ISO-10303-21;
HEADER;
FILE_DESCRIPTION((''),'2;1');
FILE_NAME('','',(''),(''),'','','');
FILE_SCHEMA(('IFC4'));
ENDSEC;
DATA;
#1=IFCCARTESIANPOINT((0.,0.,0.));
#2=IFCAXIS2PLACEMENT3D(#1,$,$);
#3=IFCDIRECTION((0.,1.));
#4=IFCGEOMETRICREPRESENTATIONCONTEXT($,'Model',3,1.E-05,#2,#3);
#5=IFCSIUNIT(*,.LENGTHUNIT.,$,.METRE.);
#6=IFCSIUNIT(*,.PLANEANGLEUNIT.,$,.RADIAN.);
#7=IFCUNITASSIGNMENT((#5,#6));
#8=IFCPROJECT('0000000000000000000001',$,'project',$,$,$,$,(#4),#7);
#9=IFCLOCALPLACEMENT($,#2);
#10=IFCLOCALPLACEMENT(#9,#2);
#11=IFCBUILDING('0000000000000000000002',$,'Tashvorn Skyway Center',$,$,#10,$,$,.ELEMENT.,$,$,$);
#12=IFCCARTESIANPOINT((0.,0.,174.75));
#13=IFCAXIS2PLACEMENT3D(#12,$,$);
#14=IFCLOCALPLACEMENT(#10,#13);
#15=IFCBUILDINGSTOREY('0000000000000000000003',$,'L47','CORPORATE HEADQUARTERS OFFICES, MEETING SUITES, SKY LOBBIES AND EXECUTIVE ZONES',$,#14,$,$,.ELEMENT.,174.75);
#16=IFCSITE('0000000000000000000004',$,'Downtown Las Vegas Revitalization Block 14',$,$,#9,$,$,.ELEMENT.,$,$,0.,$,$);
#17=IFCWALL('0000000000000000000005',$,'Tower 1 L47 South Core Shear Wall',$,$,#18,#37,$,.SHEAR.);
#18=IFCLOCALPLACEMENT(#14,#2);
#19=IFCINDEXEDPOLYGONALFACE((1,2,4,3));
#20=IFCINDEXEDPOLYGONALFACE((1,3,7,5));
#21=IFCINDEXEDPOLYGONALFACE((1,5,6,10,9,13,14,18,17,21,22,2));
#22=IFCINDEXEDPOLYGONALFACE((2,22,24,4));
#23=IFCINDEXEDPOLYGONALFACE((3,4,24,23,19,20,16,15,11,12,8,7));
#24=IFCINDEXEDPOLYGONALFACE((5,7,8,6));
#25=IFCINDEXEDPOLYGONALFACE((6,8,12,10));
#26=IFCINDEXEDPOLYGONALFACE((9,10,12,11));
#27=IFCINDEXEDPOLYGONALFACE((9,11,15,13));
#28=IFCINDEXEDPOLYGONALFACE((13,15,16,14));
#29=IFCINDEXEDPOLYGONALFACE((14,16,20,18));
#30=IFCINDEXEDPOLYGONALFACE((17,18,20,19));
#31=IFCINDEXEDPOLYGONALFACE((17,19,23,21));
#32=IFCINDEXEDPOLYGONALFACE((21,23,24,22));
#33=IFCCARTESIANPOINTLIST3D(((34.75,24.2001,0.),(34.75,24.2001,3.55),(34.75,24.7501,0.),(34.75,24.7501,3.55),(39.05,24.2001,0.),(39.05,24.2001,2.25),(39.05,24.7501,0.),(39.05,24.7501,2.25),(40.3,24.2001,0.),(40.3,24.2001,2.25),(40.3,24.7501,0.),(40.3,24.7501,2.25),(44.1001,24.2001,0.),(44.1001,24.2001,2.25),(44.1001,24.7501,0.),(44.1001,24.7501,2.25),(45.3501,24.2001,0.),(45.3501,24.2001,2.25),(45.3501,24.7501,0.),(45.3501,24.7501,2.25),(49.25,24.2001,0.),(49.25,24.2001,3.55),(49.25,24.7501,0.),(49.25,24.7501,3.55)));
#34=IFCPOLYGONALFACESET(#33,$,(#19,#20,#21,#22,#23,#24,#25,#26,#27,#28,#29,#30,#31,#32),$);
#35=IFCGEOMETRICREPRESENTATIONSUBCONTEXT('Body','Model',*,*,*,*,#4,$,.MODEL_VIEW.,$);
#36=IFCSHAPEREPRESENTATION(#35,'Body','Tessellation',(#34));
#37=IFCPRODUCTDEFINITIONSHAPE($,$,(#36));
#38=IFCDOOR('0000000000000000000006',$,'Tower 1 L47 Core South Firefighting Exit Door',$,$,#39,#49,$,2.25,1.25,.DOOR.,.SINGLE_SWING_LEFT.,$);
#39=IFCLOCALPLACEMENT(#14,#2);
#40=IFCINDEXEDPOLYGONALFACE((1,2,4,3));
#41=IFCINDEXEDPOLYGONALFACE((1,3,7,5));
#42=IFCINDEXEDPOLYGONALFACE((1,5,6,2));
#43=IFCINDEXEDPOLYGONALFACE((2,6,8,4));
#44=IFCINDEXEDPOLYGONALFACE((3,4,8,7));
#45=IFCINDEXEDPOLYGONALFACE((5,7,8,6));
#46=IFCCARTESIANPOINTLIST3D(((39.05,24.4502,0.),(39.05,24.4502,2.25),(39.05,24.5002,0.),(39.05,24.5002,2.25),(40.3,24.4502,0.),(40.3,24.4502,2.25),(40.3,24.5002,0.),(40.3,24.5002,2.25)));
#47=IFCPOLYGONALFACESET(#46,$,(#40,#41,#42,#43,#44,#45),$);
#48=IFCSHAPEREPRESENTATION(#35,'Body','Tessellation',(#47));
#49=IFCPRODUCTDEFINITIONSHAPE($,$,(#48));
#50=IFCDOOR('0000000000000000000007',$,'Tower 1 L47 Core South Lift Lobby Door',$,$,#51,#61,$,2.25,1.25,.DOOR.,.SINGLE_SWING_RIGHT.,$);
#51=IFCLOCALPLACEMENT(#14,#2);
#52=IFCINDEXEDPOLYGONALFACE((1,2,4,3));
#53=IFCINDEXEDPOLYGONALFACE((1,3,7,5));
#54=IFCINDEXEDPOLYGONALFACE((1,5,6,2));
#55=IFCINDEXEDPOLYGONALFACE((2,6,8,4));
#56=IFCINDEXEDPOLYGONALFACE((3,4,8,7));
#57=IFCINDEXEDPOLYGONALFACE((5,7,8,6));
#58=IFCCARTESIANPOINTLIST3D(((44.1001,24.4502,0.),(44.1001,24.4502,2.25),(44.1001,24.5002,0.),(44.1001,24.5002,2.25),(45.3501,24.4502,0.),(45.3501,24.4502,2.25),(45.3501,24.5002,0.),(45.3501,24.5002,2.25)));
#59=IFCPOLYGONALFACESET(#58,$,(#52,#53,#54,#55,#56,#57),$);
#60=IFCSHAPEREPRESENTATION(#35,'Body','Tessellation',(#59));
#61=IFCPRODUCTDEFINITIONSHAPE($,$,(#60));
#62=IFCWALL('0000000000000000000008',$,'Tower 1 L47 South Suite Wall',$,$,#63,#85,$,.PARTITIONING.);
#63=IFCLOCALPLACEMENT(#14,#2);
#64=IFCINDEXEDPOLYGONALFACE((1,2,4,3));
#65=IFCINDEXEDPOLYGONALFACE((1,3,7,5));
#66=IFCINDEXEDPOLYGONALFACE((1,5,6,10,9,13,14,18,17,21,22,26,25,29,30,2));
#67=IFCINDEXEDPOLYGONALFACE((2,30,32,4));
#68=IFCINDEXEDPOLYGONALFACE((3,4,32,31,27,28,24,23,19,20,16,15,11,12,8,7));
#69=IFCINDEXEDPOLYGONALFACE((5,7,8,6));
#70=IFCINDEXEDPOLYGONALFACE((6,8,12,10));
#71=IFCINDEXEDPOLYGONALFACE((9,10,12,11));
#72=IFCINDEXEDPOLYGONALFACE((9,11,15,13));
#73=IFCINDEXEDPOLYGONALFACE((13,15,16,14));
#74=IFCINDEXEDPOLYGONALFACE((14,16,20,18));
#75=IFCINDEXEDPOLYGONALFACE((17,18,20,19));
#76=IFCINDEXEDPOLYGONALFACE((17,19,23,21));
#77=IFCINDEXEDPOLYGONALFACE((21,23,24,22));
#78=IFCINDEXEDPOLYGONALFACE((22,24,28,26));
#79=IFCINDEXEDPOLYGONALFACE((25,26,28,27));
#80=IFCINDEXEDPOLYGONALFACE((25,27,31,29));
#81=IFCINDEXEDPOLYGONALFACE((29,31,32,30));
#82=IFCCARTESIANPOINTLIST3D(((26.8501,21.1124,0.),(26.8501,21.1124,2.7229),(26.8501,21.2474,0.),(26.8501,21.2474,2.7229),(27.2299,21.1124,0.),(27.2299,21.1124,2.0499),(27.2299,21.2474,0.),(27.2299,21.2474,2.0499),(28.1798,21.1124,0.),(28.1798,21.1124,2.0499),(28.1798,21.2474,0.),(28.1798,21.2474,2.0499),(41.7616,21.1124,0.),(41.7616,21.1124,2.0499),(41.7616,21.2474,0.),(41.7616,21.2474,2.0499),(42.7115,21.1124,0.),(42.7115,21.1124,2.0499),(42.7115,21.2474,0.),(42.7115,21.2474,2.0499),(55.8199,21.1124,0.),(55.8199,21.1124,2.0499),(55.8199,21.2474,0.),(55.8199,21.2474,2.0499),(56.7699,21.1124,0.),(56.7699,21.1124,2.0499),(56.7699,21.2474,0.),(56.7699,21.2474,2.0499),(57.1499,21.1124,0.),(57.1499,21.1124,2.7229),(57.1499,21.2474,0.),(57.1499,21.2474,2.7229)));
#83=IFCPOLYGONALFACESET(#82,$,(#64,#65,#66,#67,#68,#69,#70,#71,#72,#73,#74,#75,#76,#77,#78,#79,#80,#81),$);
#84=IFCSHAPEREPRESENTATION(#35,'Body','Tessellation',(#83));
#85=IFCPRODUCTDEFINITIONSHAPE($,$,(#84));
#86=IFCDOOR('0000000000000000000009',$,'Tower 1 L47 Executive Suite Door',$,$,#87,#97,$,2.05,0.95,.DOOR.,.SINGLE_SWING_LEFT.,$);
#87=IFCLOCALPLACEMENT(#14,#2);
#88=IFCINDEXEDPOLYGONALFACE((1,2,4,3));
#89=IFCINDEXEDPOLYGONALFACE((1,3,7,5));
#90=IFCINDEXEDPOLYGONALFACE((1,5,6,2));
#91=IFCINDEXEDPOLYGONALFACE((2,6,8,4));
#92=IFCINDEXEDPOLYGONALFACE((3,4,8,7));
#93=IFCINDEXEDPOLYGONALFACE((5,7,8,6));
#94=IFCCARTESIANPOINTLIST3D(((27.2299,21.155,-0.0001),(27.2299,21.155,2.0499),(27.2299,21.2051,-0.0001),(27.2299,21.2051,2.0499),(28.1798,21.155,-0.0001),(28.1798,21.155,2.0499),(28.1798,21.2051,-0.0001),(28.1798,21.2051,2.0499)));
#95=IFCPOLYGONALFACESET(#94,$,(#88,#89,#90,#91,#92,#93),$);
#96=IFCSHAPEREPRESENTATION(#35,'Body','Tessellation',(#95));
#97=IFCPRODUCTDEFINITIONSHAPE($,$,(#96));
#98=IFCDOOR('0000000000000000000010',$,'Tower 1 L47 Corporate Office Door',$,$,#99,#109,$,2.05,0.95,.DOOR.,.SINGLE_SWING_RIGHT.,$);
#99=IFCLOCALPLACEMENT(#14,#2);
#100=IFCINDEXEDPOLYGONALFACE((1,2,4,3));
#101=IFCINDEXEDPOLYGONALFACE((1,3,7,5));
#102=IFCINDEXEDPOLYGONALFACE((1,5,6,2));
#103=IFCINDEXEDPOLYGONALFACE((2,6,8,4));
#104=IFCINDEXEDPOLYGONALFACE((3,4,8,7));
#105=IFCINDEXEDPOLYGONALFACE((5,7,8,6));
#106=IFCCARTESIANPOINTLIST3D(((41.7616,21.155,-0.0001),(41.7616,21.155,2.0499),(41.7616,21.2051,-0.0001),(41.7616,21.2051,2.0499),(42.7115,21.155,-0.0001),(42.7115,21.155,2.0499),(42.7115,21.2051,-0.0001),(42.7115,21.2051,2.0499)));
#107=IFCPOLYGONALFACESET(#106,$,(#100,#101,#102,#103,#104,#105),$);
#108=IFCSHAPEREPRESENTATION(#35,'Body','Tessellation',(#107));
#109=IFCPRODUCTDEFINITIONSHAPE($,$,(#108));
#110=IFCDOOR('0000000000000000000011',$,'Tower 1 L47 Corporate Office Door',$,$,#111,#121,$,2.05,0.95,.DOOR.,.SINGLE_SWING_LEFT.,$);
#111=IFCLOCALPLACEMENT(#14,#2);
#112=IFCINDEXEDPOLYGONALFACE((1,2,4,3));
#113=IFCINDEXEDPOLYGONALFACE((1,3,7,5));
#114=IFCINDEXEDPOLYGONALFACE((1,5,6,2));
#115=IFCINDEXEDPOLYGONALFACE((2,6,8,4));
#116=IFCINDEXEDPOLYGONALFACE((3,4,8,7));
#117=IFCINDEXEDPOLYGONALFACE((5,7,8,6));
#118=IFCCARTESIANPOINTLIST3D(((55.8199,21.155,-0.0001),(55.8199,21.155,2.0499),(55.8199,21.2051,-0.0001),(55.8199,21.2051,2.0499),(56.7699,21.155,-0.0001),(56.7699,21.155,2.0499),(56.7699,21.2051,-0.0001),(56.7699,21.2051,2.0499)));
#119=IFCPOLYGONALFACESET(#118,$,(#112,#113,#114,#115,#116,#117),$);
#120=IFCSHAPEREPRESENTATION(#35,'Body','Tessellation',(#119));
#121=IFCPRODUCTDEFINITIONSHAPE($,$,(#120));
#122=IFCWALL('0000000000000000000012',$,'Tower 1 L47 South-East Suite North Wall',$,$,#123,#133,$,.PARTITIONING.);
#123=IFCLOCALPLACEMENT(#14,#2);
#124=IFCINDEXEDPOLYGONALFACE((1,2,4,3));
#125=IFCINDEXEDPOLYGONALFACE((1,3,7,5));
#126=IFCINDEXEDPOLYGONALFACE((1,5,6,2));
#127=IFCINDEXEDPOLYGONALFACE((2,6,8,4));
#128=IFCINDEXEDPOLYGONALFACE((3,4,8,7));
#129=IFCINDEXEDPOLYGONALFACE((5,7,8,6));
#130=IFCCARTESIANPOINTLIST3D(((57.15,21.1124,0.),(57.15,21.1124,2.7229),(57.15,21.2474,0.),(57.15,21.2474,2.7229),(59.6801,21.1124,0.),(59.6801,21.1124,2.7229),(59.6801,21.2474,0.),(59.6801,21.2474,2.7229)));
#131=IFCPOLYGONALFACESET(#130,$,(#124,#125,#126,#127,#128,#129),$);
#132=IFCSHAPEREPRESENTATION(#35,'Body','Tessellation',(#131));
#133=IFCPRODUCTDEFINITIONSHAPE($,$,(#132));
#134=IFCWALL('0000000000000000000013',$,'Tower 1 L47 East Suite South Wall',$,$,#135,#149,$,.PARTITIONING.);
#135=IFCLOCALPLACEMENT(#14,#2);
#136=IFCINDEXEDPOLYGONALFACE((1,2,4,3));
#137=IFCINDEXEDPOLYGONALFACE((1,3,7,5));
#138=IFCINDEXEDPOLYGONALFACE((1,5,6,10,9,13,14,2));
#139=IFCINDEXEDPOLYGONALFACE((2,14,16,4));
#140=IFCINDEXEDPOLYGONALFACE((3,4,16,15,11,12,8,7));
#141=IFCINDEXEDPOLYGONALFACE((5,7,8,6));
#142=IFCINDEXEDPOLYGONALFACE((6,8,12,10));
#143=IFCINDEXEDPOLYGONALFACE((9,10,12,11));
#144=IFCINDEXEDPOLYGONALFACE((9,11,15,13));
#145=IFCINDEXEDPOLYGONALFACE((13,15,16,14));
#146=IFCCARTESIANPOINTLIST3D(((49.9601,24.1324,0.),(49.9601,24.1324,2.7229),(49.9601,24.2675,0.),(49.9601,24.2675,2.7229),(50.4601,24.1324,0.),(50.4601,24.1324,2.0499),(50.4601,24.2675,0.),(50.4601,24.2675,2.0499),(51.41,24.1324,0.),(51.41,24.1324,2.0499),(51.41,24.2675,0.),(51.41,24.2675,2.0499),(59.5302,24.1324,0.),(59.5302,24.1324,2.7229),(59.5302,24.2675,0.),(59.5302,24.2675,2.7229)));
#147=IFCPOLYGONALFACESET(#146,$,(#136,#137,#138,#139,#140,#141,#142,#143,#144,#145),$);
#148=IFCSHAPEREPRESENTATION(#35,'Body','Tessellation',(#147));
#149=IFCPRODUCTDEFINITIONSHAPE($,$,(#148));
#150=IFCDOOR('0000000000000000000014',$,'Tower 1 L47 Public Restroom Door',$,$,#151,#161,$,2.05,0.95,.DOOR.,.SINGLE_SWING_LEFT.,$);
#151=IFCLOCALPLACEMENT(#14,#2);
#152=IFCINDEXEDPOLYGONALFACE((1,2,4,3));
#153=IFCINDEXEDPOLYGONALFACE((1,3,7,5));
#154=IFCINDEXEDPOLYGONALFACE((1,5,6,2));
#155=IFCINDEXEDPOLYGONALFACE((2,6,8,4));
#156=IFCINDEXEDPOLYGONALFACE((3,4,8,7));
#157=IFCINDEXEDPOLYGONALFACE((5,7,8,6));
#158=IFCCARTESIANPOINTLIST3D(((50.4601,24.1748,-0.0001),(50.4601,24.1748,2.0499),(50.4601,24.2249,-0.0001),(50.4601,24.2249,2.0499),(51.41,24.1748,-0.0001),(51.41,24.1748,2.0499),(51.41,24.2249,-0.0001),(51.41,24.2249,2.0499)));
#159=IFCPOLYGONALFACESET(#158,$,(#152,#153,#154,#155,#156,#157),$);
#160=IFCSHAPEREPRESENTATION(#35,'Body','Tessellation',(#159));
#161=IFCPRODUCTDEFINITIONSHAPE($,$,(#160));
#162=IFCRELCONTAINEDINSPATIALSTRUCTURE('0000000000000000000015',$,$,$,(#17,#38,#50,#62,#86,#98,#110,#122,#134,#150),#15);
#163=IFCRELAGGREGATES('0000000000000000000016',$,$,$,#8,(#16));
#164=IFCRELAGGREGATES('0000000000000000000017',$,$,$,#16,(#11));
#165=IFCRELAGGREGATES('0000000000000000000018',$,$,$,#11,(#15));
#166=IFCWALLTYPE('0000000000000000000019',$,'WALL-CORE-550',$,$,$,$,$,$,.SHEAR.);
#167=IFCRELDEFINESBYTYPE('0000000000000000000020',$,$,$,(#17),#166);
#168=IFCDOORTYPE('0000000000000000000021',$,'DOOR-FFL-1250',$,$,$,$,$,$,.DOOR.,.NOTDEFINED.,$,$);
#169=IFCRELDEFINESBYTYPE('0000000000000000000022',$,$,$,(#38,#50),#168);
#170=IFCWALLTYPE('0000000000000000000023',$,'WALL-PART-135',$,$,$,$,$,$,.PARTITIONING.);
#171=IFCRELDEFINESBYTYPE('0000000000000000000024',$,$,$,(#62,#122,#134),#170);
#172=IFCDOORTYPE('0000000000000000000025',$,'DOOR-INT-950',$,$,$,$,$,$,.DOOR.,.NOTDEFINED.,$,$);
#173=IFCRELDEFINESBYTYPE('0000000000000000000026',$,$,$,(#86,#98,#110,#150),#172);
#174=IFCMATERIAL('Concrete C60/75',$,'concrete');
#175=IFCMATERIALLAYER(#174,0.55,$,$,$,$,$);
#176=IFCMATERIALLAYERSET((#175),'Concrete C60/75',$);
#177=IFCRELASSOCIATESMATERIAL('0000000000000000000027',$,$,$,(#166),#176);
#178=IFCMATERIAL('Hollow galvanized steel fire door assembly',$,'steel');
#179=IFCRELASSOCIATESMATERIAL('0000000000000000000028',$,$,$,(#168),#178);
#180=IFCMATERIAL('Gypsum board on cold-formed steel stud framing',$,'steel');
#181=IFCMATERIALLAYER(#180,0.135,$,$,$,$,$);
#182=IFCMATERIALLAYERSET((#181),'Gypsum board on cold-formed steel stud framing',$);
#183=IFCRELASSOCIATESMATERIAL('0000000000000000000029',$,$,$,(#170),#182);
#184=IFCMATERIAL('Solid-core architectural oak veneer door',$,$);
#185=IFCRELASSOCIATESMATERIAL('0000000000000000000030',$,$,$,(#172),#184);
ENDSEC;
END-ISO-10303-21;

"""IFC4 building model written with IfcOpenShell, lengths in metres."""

from ifc_helpers import new_model, si_unit, direction, frame, frame_2d, origin, place, context, subcontext, project, spatial, rectangle, extrude, material, layer, layer_set, type_object, element, fill, save


model = new_model("IFC4")

# Units and contexts
model_context = context("Model", 3, precision=1e-05, world=origin(), true_north=direction((0.0, 1.0)))
body_context = subcontext(model_context, "Body", "Model", "MODEL_VIEW")
ifc_project = project(units=[si_unit("LENGTHUNIT", "METRE"), si_unit("PLANEANGLEUNIT", "RADIAN")], contexts=[model_context])

# Site, building, storey
site_placement = place(None, origin())
site = spatial("IfcSite", under=ifc_project, at=site_placement, Name="Downtown Las Vegas Revitalization Block 14", CompositionType="ELEMENT", RefElevation=0.0)
building_placement = place(site_placement, origin())
building = spatial("IfcBuilding", under=site, at=building_placement, Name="Tashvorn Skyway Center", CompositionType="ELEMENT")
storey_placement = place(building_placement, frame((0.0, 0.0, 174.75)))
storey = spatial("IfcBuildingStorey", under=building, at=storey_placement, Name="L47", Description="CORPORATE HEADQUARTERS OFFICES, MEETING SUITES, SKY LOBBIES AND EXECUTIVE ZONES", CompositionType="ELEMENT", Elevation=174.75)

# Walls, openings, doors
ifc_material_1 = material(Name="Concrete C60/75", Category="concrete")
ifc_layer_1 = layer(ifc_material_1, 0.55)
ifc_layer_set_1 = layer_set([ifc_layer_1], Name="Concrete C60/75")
wall_type_1 = type_object("IfcWallType", Name="WALL-CORE-550", PredefinedType="SHEAR", material=ifc_layer_set_1)
wall_1_placement = place(storey_placement, frame((49.25, 24.4751, 0.0), z_axis=(0.0, 0.0, 1.0), x_axis=(-1.0, 0.0, 0.0)))
wall_1 = element("IfcWall", 1, at=wall_1_placement, inside=storey, type_object=wall_type_1, Name="Tower 1 L47 South Core Shear Wall", PredefinedType="SHEAR", context=body_context, shape_type="SweptSolid", body=[
    extrude(rectangle(XDim=14.5, YDim=0.55, at=frame_2d((7.25, 0.0))), origin(), (0.0, 0.0, 1.0), 3.55),
])
opening_1_placement = place(wall_1_placement, frame((8.95, 0.0, 0.0)))
opening_1 = element("IfcOpeningElement", 2, at=opening_1_placement, cuts=wall_1, PredefinedType="OPENING", context=body_context, shape_type="SweptSolid", body=[
    extrude(rectangle(XDim=1.25, YDim=2.25, at=frame_2d((0.625, 1.125))), frame((0.0, 0.2849, 0.0), z_axis=(0.0, -1.0, 0.0), x_axis=(1.0, 0.0, 0.0)), (0.0, 0.0, 1.0), 0.5701),
])
opening_2_placement = place(wall_1_placement, frame((3.8999, 0.0, 0.0)))
opening_2 = element("IfcOpeningElement", 3, at=opening_2_placement, cuts=wall_1, PredefinedType="OPENING", context=body_context, shape_type="SweptSolid", body=[
    extrude(rectangle(XDim=1.25, YDim=2.25, at=frame_2d((0.625, 1.125))), frame((0.0, 0.2849, 0.0), z_axis=(0.0, -1.0, 0.0), x_axis=(1.0, 0.0, 0.0)), (0.0, 0.0, 1.0), 0.5701),
])
ifc_material_2 = material(Name="Hollow galvanized steel fire door assembly", Category="steel")
door_type_1 = type_object("IfcDoorType", Name="DOOR-FFL-1250", OperationType="NOTDEFINED", PredefinedType="DOOR", material=ifc_material_2)
door_1_placement = place(opening_1_placement, origin())
door_1 = element("IfcDoor", 4, at=door_1_placement, inside=storey, type_object=door_type_1, Name="Tower 1 L47 Core South Firefighting Exit Door", OperationType="SINGLE_SWING_LEFT", OverallHeight=2.25, OverallWidth=1.25, PredefinedType="DOOR", context=body_context, shape_type="SweptSolid", body=[
    extrude(rectangle(XDim=1.25, YDim=2.25, at=frame_2d((0.625, 1.125))), frame((0.0, 0.0249, 0.0), z_axis=(0.0, -1.0, 0.0), x_axis=(1.0, 0.0, 0.0)), (0.0, 0.0, 1.0), 0.05),
])
fill(opening_1, door_1)
door_2_placement = place(opening_2_placement, origin())
door_2 = element("IfcDoor", 5, at=door_2_placement, inside=storey, type_object=door_type_1, Name="Tower 1 L47 Core South Lift Lobby Door", OperationType="SINGLE_SWING_RIGHT", OverallHeight=2.25, OverallWidth=1.25, PredefinedType="DOOR", context=body_context, shape_type="SweptSolid", body=[
    extrude(rectangle(XDim=1.25, YDim=2.25, at=frame_2d((0.625, 1.125))), frame((0.0, 0.0249, 0.0), z_axis=(0.0, -1.0, 0.0), x_axis=(1.0, 0.0, 0.0)), (0.0, 0.0, 1.0), 0.05),
])
fill(opening_2, door_2)
ifc_material_3 = material(Name="Gypsum board on cold-formed steel stud framing", Category="steel")
ifc_layer_2 = layer(ifc_material_3, 0.135)
ifc_layer_set_2 = layer_set([ifc_layer_2], Name="Gypsum board on cold-formed steel stud framing")
wall_type_2 = type_object("IfcWallType", Name="WALL-PART-135", PredefinedType="PARTITIONING", material=ifc_layer_set_2)
wall_2_placement = place(storey_placement, frame((57.1499, 21.1799, 0.0), z_axis=(0.0, 0.0, 1.0), x_axis=(-1.0, 0.0, 0.0)))
wall_2 = element("IfcWall", 6, at=wall_2_placement, inside=storey, type_object=wall_type_2, Name="Tower 1 L47 South Suite Wall", PredefinedType="PARTITIONING", context=body_context, shape_type="SweptSolid", body=[
    extrude(rectangle(XDim=30.2998, YDim=0.135, at=frame_2d((15.1499, 0.0))), origin(), (0.0, 0.0, 1.0), 2.7229),
])
opening_3_placement = place(wall_2_placement, frame((28.97, 0.0, 0.0)))
opening_3 = element("IfcOpeningElement", 7, at=opening_3_placement, cuts=wall_2, PredefinedType="OPENING", context=body_context, shape_type="SweptSolid", body=[
    extrude(rectangle(XDim=0.95, YDim=2.05, at=frame_2d((0.4751, 1.0249))), frame((0.0, 0.0774, 0.0), z_axis=(0.0, -1.0, 0.0), x_axis=(1.0, 0.0, 0.0)), (0.0, 0.0, 1.0), 0.155),
])
opening_4_placement = place(wall_2_placement, frame((14.4382, 0.0, 0.0)))
opening_4 = element("IfcOpeningElement", 8, at=opening_4_placement, cuts=wall_2, PredefinedType="OPENING", context=body_context, shape_type="SweptSolid", body=[
    extrude(rectangle(XDim=0.95, YDim=2.05, at=frame_2d((0.4751, 1.0249))), frame((0.0, 0.0774, 0.0), z_axis=(0.0, -1.0, 0.0), x_axis=(1.0, 0.0, 0.0)), (0.0, 0.0, 1.0), 0.155),
])
opening_5_placement = place(wall_2_placement, frame((0.3799, 0.0, 0.0)))
opening_5 = element("IfcOpeningElement", 9, at=opening_5_placement, cuts=wall_2, PredefinedType="OPENING", context=body_context, shape_type="SweptSolid", body=[
    extrude(rectangle(XDim=0.95, YDim=2.05, at=frame_2d((0.4751, 1.0249))), frame((0.0, 0.0774, 0.0), z_axis=(0.0, -1.0, 0.0), x_axis=(1.0, 0.0, 0.0)), (0.0, 0.0, 1.0), 0.155),
])
ifc_material_4 = material(Name="Solid-core architectural oak veneer door")
door_type_2 = type_object("IfcDoorType", Name="DOOR-INT-950", OperationType="NOTDEFINED", PredefinedType="DOOR", material=ifc_material_4)
door_3_placement = place(opening_3_placement, origin())
door_3 = element("IfcDoor", 10, at=door_3_placement, inside=storey, type_object=door_type_2, Name="Tower 1 L47 Executive Suite Door", OperationType="SINGLE_SWING_LEFT", OverallHeight=2.05, OverallWidth=0.95, PredefinedType="DOOR", context=body_context, shape_type="SweptSolid", body=[
    extrude(rectangle(XDim=0.95, YDim=2.05, at=frame_2d((0.4751, 1.0249))), frame((0.0, 0.0249, 0.0), z_axis=(0.0, -1.0, 0.0), x_axis=(1.0, 0.0, 0.0)), (0.0, 0.0, 1.0), 0.05),
])
fill(opening_3, door_3)
door_4_placement = place(opening_4_placement, origin())
door_4 = element("IfcDoor", 11, at=door_4_placement, inside=storey, type_object=door_type_2, Name="Tower 1 L47 Corporate Office Door", OperationType="SINGLE_SWING_RIGHT", OverallHeight=2.05, OverallWidth=0.95, PredefinedType="DOOR", context=body_context, shape_type="SweptSolid", body=[
    extrude(rectangle(XDim=0.95, YDim=2.05, at=frame_2d((0.4751, 1.0249))), frame((0.0, 0.0249, 0.0), z_axis=(0.0, -1.0, 0.0), x_axis=(1.0, 0.0, 0.0)), (0.0, 0.0, 1.0), 0.05),
])
fill(opening_4, door_4)
door_5_placement = place(opening_5_placement, origin())
door_5 = element("IfcDoor", 12, at=door_5_placement, inside=storey, type_object=door_type_2, Name="Tower 1 L47 Corporate Office Door", OperationType="SINGLE_SWING_LEFT", OverallHeight=2.05, OverallWidth=0.95, PredefinedType="DOOR", context=body_context, shape_type="SweptSolid", body=[
    extrude(rectangle(XDim=0.95, YDim=2.05, at=frame_2d((0.4751, 1.0249))), frame((0.0, 0.0249, 0.0), z_axis=(0.0, -1.0, 0.0), x_axis=(1.0, 0.0, 0.0)), (0.0, 0.0, 1.0), 0.05),
])
fill(opening_5, door_5)

# Wall
wall_3_placement = place(storey_placement, frame((57.1499, 21.1799, 0.0), z_axis=(0.0, 0.0, 1.0), x_axis=(1.0, 0.0, 0.0)))
element("IfcWall", 13, at=wall_3_placement, inside=storey, type_object=wall_type_2, Name="Tower 1 L47 South-East Suite North Wall", PredefinedType="PARTITIONING", context=body_context, shape_type="SweptSolid", body=[
    extrude(rectangle(XDim=2.53, YDim=0.135, at=frame_2d((1.2651, 0.0))), origin(), (0.0, 0.0, 1.0), 2.7229),
])

# Wall, opening, door
wall_4_placement = place(storey_placement, frame((49.96, 24.2, 0.0), z_axis=(0.0, 0.0, 1.0), x_axis=(1.0, 0.0, 0.0)))
wall_4 = element("IfcWall", 14, at=wall_4_placement, inside=storey, type_object=wall_type_2, Name="Tower 1 L47 East Suite South Wall", PredefinedType="PARTITIONING", context=body_context, shape_type="SweptSolid", body=[
    extrude(rectangle(XDim=9.5701, YDim=0.135, at=frame_2d((4.7852, 0.0))), origin(), (0.0, 0.0, 1.0), 2.7229),
])
opening_6_placement = place(wall_4_placement, frame((0.5, 0.0, 0.0)))
opening_6 = element("IfcOpeningElement", 15, at=opening_6_placement, cuts=wall_4, PredefinedType="OPENING", context=body_context, shape_type="SweptSolid", body=[
    extrude(rectangle(XDim=0.95, YDim=2.05, at=frame_2d((0.4751, 1.0249))), frame((0.0, 0.0774, 0.0), z_axis=(0.0, -1.0, 0.0), x_axis=(1.0, 0.0, 0.0)), (0.0, 0.0, 1.0), 0.155),
])
door_6_placement = place(opening_6_placement, origin())
door_6 = element("IfcDoor", 16, at=door_6_placement, inside=storey, type_object=door_type_2, Name="Tower 1 L47 Public Restroom Door", OperationType="SINGLE_SWING_LEFT", OverallHeight=2.05, OverallWidth=0.95, PredefinedType="DOOR", context=body_context, shape_type="SweptSolid", body=[
    extrude(rectangle(XDim=0.95, YDim=2.05, at=frame_2d((0.4751, 1.0249))), frame((0.0, 0.0249, 0.0), z_axis=(0.0, -1.0, 0.0), x_axis=(1.0, 0.0, 0.0)), (0.0, 0.0, 1.0), 0.05),
])
fill(opening_6, door_6)

save(model, "model.ifc")
